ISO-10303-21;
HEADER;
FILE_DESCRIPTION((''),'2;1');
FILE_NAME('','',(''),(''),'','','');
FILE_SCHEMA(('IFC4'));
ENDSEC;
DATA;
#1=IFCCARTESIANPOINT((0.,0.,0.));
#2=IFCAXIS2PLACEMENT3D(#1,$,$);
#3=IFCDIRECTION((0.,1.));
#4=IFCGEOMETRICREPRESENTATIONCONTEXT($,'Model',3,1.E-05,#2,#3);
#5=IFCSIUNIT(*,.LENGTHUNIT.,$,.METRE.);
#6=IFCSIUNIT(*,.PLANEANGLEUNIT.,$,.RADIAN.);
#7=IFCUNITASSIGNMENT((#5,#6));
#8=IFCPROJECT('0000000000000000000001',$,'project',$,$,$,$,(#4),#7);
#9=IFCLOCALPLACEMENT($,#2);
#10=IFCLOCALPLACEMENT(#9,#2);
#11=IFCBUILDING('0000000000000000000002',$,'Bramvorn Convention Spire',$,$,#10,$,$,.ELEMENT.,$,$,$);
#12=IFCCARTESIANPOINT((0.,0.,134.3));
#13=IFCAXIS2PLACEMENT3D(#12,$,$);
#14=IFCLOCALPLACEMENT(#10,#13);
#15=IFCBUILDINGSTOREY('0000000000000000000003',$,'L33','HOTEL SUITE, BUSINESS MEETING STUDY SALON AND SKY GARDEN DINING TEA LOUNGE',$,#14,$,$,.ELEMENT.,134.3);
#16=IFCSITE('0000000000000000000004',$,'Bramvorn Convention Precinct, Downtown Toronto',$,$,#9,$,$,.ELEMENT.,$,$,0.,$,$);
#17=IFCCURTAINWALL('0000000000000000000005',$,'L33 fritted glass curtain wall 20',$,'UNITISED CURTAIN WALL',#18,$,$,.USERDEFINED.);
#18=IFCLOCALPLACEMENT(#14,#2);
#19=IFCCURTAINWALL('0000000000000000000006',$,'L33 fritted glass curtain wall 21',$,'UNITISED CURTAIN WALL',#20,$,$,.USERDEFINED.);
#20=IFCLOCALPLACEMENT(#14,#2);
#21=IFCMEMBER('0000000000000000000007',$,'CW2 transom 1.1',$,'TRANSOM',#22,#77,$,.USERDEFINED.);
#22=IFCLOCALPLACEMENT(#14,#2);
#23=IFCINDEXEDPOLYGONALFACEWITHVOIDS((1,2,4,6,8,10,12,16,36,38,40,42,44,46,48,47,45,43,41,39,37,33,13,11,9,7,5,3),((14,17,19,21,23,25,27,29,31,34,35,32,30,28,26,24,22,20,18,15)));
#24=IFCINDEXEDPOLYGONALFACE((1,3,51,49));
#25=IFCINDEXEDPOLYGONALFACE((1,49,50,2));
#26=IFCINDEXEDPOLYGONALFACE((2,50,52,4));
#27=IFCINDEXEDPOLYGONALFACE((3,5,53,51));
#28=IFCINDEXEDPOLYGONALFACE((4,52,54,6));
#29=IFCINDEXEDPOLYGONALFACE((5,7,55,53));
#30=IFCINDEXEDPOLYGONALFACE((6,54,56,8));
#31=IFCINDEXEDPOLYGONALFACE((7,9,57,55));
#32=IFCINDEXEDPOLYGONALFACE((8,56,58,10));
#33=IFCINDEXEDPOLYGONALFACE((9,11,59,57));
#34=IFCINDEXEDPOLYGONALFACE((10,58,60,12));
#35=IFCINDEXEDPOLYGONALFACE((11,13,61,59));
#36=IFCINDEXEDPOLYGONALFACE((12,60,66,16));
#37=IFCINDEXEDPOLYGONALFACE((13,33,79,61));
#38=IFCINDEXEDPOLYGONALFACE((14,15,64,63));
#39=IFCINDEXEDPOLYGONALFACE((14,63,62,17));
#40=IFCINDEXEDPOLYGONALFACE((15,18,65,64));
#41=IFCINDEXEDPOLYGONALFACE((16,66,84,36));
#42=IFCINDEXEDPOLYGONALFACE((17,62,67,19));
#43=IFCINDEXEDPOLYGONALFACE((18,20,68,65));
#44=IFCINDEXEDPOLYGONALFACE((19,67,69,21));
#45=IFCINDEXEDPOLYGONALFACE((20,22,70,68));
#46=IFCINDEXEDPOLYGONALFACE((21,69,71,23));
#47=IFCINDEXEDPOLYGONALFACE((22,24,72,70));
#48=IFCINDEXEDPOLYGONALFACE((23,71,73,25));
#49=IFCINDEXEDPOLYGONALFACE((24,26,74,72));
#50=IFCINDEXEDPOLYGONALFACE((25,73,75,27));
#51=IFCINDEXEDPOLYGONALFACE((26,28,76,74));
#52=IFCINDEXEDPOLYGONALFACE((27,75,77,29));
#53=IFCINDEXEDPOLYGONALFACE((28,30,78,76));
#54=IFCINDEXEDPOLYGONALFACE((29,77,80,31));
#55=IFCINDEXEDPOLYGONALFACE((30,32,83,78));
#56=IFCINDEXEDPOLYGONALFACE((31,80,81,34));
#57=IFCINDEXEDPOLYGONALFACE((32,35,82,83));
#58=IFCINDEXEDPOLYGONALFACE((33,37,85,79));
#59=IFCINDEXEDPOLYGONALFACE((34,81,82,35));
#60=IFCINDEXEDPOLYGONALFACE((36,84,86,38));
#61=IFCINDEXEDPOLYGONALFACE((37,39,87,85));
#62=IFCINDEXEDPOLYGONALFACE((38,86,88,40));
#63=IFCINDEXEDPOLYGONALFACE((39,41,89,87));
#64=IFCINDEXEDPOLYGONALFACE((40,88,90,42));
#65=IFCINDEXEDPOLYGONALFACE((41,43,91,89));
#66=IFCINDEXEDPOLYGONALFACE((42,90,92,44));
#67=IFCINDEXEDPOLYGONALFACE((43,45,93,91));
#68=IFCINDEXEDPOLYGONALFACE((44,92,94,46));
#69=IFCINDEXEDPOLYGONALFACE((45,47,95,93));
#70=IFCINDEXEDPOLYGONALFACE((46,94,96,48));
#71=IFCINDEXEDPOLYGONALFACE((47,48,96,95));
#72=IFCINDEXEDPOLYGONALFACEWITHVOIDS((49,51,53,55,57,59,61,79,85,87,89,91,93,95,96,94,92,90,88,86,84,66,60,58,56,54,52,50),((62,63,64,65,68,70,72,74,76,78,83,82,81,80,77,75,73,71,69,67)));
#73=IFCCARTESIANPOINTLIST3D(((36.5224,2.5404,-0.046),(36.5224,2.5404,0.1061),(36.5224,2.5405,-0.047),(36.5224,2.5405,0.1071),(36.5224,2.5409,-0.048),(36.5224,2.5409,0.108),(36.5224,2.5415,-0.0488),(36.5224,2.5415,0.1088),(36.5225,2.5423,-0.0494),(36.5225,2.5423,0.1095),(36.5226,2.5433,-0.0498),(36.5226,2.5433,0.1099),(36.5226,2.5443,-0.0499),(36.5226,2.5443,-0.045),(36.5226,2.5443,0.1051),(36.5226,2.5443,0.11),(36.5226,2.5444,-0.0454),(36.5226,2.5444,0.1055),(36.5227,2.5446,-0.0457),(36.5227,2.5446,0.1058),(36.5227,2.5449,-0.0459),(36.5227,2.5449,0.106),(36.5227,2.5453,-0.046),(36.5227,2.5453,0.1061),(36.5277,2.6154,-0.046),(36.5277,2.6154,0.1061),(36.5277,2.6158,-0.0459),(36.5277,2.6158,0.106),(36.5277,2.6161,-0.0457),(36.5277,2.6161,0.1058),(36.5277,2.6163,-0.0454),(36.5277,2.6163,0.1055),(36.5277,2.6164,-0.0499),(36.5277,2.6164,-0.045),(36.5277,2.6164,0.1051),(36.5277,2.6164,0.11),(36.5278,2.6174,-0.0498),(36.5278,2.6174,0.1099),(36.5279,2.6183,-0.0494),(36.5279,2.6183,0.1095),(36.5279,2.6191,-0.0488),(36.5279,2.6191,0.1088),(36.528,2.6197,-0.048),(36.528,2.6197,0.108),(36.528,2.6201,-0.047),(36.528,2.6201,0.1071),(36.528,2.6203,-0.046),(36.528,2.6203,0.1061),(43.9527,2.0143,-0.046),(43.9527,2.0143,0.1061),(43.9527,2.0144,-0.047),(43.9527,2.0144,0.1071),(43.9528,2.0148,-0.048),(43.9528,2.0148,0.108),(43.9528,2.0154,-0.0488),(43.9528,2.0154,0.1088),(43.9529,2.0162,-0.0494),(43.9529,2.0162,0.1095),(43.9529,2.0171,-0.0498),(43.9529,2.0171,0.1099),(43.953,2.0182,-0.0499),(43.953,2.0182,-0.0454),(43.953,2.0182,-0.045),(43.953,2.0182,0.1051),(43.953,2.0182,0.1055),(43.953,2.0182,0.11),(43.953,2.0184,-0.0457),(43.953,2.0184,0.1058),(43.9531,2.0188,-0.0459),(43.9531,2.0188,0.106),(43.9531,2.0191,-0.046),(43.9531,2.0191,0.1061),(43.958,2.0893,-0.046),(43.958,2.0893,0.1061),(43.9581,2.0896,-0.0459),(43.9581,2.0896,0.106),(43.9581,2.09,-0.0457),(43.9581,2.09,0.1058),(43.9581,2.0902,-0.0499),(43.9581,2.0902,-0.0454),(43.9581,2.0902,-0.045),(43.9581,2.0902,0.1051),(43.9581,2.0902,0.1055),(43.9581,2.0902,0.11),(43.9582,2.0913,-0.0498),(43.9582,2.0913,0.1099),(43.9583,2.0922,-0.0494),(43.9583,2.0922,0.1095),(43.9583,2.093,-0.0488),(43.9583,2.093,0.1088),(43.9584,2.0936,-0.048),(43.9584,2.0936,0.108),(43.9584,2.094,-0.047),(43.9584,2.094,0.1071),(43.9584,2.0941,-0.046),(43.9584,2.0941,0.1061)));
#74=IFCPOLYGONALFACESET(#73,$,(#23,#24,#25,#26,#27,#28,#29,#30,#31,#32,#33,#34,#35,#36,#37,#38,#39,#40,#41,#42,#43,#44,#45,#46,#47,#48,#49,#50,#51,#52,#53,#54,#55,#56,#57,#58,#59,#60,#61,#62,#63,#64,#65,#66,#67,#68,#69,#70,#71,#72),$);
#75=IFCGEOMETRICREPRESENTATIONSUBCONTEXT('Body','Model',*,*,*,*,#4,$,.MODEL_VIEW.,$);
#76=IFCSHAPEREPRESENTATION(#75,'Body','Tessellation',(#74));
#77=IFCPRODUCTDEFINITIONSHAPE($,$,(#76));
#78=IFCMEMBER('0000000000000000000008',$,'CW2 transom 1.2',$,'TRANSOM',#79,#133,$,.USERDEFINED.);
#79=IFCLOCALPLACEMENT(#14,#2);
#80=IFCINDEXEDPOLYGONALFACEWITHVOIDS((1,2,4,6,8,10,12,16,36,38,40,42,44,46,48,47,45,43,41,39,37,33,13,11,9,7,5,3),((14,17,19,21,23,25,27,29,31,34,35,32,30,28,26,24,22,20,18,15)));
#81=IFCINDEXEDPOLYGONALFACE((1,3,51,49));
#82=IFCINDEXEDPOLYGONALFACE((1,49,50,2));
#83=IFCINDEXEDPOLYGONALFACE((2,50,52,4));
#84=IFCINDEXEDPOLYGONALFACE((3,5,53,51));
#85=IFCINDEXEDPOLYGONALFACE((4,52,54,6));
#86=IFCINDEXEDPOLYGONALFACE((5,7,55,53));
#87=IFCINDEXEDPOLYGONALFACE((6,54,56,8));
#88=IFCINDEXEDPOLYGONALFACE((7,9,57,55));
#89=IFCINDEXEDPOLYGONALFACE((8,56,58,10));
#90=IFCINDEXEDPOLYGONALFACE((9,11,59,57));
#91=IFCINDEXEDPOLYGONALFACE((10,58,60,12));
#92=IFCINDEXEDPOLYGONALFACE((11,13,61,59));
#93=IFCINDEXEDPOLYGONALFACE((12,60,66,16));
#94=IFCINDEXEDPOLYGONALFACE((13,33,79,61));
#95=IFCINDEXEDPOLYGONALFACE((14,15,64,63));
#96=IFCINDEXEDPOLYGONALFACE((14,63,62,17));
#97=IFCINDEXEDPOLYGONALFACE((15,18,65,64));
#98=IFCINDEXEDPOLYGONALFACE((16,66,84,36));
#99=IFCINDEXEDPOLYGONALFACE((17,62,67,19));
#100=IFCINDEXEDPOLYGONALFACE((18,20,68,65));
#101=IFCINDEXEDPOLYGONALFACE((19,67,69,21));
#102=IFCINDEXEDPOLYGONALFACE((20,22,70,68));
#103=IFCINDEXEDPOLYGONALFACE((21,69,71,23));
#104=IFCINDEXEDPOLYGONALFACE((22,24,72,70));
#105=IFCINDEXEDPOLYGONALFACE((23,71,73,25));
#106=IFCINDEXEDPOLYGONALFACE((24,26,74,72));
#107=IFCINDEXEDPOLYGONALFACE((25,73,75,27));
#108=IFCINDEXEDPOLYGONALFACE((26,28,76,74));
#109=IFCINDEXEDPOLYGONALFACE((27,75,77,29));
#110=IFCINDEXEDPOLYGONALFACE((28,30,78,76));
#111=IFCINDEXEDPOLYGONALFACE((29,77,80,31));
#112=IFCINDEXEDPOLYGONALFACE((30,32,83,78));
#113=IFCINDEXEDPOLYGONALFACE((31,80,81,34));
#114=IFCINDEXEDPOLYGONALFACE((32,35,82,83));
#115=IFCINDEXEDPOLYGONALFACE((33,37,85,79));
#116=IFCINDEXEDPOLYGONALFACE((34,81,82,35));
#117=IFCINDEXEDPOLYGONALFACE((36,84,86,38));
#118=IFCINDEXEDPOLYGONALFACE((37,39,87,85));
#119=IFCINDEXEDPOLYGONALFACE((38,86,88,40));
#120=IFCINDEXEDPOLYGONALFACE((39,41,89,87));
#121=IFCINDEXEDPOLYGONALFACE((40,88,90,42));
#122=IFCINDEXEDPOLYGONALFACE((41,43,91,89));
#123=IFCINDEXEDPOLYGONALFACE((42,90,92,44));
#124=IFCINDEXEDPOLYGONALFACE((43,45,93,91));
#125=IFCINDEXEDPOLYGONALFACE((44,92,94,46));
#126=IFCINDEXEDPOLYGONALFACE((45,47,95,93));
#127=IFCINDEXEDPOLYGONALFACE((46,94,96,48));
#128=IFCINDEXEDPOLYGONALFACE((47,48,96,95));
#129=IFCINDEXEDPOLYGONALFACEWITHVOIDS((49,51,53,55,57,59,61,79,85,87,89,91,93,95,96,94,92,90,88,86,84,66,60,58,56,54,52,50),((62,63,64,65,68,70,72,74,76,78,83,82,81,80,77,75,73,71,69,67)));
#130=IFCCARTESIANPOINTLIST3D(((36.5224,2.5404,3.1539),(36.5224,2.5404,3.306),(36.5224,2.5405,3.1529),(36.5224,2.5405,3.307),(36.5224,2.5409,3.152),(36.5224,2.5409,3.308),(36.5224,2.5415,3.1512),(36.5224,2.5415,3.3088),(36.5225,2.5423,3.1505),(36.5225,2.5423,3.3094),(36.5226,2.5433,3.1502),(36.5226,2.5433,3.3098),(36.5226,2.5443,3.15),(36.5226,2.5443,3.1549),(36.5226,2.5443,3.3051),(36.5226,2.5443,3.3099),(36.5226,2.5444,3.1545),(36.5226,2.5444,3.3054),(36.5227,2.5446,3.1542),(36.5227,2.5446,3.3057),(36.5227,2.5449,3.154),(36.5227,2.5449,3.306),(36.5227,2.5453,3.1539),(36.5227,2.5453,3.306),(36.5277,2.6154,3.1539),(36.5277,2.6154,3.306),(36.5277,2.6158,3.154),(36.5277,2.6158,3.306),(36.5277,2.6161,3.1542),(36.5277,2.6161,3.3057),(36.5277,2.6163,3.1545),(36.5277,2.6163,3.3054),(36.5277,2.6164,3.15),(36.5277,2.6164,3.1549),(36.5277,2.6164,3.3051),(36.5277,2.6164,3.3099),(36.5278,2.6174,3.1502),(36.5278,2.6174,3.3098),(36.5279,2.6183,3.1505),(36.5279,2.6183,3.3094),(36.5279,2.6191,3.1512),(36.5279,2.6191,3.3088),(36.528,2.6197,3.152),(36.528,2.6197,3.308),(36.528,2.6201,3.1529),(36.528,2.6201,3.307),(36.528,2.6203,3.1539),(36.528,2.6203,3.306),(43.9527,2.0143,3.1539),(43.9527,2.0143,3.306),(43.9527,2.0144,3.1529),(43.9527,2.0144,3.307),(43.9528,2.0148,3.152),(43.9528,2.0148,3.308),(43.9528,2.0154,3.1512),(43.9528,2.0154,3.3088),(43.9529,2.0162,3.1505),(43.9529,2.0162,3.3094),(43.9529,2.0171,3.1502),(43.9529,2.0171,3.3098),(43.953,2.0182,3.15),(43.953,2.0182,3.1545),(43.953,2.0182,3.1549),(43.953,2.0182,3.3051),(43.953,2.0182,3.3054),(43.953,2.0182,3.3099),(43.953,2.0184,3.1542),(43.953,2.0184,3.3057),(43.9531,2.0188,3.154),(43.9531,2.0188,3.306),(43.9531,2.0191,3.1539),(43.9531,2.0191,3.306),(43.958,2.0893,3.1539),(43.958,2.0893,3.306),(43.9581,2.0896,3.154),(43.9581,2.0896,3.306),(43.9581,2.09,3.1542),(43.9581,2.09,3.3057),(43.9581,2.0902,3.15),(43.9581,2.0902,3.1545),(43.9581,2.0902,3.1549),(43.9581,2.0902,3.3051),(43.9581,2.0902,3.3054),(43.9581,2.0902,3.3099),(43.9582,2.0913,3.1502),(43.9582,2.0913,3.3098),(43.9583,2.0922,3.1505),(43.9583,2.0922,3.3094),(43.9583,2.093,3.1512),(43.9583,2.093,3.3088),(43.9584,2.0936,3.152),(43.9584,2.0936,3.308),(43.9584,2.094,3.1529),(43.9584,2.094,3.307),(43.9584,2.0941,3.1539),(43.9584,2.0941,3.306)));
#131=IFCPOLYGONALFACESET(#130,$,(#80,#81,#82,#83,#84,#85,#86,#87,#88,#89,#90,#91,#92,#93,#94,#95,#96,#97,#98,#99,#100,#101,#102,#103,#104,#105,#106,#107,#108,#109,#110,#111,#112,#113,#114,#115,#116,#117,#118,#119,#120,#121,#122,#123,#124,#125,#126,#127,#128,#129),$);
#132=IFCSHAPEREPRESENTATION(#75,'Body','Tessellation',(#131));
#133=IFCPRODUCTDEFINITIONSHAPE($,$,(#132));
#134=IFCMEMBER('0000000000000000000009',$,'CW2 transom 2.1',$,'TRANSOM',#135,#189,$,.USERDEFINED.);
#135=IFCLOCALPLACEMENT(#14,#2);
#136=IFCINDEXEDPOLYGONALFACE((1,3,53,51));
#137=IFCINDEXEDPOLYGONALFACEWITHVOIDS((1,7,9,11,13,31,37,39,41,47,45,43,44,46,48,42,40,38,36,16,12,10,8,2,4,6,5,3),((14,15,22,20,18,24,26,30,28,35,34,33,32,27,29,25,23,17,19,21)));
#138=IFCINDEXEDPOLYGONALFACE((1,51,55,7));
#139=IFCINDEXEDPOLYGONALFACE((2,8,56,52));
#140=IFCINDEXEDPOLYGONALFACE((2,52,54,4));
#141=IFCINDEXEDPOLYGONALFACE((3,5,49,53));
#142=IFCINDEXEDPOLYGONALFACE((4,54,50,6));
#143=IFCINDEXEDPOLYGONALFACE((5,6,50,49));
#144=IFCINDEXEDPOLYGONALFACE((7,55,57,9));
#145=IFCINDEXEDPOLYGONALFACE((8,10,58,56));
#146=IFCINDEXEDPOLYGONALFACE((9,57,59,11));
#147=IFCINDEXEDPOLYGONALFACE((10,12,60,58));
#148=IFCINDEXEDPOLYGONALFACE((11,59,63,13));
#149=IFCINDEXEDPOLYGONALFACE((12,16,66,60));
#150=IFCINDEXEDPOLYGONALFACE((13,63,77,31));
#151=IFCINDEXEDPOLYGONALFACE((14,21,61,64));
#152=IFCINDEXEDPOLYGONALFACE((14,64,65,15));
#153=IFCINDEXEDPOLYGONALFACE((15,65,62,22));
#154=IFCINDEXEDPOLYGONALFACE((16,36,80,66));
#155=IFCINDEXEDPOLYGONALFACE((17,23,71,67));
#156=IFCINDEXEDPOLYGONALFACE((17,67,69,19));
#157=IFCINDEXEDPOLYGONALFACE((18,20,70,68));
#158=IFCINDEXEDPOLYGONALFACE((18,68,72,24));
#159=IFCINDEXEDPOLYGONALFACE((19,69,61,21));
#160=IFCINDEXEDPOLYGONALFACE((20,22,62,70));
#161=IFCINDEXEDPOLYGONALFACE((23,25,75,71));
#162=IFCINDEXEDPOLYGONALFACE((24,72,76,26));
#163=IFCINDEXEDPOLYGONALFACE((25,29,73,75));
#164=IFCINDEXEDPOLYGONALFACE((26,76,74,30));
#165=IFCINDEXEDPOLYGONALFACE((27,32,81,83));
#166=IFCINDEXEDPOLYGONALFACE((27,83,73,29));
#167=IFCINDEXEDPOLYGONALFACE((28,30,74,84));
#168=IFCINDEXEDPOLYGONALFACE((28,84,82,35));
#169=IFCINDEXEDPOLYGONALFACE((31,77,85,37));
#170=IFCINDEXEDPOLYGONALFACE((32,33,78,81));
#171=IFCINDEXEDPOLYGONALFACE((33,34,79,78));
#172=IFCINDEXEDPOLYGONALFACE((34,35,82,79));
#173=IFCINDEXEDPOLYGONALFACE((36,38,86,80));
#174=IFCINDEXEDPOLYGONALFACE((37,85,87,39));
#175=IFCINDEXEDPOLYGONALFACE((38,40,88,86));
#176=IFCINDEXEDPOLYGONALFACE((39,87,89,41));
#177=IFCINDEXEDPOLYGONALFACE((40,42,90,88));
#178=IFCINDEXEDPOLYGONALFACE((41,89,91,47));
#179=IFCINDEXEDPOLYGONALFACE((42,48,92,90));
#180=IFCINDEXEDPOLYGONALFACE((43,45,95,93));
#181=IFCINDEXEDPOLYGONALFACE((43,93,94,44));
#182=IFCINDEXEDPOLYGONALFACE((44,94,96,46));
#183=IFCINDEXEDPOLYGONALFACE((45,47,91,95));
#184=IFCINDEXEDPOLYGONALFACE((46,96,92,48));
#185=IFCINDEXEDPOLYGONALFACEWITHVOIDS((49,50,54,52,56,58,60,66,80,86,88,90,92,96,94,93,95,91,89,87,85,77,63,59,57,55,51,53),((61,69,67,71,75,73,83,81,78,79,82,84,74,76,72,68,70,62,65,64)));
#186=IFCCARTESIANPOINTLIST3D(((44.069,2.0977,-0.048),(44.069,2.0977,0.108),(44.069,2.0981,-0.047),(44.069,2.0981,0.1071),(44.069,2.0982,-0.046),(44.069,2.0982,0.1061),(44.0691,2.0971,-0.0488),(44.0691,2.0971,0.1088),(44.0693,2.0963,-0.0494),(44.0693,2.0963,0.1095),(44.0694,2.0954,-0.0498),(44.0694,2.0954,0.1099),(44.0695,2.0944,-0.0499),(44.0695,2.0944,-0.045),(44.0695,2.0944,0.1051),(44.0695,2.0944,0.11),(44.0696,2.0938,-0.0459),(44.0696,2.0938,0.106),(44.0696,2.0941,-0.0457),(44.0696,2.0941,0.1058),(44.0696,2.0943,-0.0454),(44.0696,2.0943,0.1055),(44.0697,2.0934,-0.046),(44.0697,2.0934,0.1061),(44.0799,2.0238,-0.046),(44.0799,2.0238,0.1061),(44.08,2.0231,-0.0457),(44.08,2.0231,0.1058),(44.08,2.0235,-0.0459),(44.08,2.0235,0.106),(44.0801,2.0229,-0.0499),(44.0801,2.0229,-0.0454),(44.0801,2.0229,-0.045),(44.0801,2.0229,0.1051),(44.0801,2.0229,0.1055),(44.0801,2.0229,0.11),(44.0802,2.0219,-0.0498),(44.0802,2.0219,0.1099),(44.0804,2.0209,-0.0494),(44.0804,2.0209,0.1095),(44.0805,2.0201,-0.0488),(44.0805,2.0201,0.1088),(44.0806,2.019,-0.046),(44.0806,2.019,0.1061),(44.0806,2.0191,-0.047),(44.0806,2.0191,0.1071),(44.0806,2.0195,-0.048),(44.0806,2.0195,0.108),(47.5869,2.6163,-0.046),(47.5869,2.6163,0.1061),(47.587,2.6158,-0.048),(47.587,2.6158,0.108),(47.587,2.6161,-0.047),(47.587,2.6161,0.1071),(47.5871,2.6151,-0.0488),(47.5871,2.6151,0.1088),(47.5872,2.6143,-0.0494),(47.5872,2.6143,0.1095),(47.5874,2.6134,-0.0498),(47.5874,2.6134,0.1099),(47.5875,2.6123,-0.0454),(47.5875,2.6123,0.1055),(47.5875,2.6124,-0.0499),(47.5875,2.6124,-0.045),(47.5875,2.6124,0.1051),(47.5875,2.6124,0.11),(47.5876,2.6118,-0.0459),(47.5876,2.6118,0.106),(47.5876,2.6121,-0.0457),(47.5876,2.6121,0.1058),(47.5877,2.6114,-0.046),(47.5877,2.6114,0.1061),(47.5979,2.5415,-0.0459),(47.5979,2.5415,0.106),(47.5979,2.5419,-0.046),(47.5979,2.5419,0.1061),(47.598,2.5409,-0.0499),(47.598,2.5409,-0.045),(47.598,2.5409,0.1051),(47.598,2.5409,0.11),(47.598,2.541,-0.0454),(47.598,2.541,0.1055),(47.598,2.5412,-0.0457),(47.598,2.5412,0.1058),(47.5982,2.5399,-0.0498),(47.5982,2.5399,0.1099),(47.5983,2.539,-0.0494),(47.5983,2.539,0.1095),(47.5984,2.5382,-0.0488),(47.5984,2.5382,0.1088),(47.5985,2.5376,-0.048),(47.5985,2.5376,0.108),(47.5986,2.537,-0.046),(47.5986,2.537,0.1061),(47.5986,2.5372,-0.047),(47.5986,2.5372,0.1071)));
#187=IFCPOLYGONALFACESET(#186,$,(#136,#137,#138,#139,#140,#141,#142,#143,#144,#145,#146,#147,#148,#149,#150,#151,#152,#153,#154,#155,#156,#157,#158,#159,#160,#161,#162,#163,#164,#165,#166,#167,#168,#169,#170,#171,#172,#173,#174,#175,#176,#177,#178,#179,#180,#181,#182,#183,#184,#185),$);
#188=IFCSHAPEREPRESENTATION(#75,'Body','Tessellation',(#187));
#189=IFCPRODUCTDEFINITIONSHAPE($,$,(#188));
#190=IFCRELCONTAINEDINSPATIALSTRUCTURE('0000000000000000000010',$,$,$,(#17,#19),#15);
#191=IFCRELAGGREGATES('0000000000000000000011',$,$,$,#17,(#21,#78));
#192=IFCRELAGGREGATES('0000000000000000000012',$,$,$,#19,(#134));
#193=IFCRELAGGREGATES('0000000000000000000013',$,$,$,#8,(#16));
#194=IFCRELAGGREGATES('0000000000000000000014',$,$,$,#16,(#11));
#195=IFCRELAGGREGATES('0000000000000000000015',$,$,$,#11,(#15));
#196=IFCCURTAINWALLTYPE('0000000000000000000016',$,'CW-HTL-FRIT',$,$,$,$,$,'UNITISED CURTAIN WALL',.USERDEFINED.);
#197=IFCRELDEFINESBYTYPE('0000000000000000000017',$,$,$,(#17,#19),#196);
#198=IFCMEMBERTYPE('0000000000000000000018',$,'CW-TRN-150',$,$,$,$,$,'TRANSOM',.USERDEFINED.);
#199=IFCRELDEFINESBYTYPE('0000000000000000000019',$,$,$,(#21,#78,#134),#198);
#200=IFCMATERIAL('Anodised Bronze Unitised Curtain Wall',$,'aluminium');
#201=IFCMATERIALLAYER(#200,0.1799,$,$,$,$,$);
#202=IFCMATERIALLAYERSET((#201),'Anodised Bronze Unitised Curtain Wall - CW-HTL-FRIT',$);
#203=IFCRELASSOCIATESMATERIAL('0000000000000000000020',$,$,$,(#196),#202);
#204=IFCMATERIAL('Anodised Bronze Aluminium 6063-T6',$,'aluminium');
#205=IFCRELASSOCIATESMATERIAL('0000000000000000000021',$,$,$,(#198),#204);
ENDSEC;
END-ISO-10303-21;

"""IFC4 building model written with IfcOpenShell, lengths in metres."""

from ifc_helpers import new_model, si_unit, direction, frame, origin, origin_2d, place, context, subcontext, project, spatial, hollow_rectangle, extrude, material, layer, layer_set, material_profile, profile_set, type_object, element, aggregate, save


model = new_model("IFC4")

# Units and contexts
model_context = context("Model", 3, precision=1e-05, world=origin(), true_north=direction((0.0, 1.0)))
body_context = subcontext(model_context, "Body", "Model", "MODEL_VIEW")
ifc_project = project(units=[si_unit("LENGTHUNIT", "METRE"), si_unit("PLANEANGLEUNIT", "RADIAN")], contexts=[model_context])

# Site, building, storey
site_placement = place(None, origin())
site = spatial("IfcSite", under=ifc_project, at=site_placement, Name="Bramvorn Convention Precinct, Downtown Toronto", CompositionType="ELEMENT", RefElevation=0.0)
building_placement = place(site_placement, origin())
building = spatial("IfcBuilding", under=site, at=building_placement, Name="Bramvorn Convention Spire", CompositionType="ELEMENT")
storey_placement = place(building_placement, frame((0.0, 0.0, 134.3)))
storey = spatial("IfcBuildingStorey", under=building, at=storey_placement, Name="L33", Description="HOTEL SUITE, BUSINESS MEETING STUDY SALON AND SKY GARDEN DINING TEA LOUNGE", CompositionType="ELEMENT", Elevation=134.3)

# Curtain wall
ifc_material_1 = material(Name="Anodised Bronze Unitised Curtain Wall", Category="aluminium")
ifc_layer_1 = layer(ifc_material_1, 0.1799)
ifc_layer_set_1 = layer_set([ifc_layer_1], Name="Anodised Bronze Unitised Curtain Wall - CW-HTL-FRIT")
curtain_wall_type = type_object("IfcCurtainWallType", Name="CW-HTL-FRIT", ElementType="UNITISED CURTAIN WALL", PredefinedType="USERDEFINED", material=ifc_layer_set_1)
curtain_wall_1_placement = place(storey_placement, origin())
curtain_wall_1 = element("IfcCurtainWall", 1, at=curtain_wall_1_placement, inside=storey, type_object=curtain_wall_type, Name="L33 fritted glass curtain wall 20", ObjectType="UNITISED CURTAIN WALL", PredefinedType="USERDEFINED")
ifc_material_2 = material(Name="Anodised Bronze Aluminium 6063-T6", Category="aluminium")

# Curtain wall
curtain_wall_2_placement = place(storey_placement, origin())
curtain_wall_2 = element("IfcCurtainWall", 2, at=curtain_wall_2_placement, inside=storey, type_object=curtain_wall_type, Name="L33 fritted glass curtain wall 21", ObjectType="UNITISED CURTAIN WALL", PredefinedType="USERDEFINED")

# Members
ifc_material_profile_1 = material_profile(ifc_material_2, hollow_rectangle(XDim=0.0801, YDim=0.1599, WallThickness=0.0039, InnerFilletRadius=0.001, OuterFilletRadius=0.0039, at=origin_2d()))
ifc_profile_set_1 = profile_set([ifc_material_profile_1], Name="Anodised Bronze Aluminium 6063-T6 - CWT80X160")
member_type_1 = type_object("IfcMemberType", Name="CW-TRN-150", ElementType="TRANSOM", PredefinedType="USERDEFINED", material=ifc_profile_set_1)
member_1_placement = place(storey_placement, frame((43.9556, 2.0542, 0.03), z_axis=(-0.997503, 0.07063, 0.0), x_axis=(-0.07063, -0.997503, 0.0)))
member_1 = element("IfcMember", 3, at=member_1_placement, type_object=member_type_1, Name="CW2 transom 1.1", ObjectType="TRANSOM", PredefinedType="USERDEFINED", context=body_context, shape_type="SweptSolid", body=[
    extrude(hollow_rectangle(XDim=0.0801, YDim=0.1599, WallThickness=0.0039, InnerFilletRadius=0.001, OuterFilletRadius=0.0039, at=origin_2d()), origin(), (0.0, 0.0, 1.0), 7.449),
])
member_2_placement = place(storey_placement, frame((43.9556, 2.0542, 3.23), z_axis=(-0.997503, 0.07063, 0.0), x_axis=(-0.07063, -0.997503, 0.0)))
member_2 = element("IfcMember", 4, at=member_2_placement, type_object=member_type_1, Name="CW2 transom 1.2", ObjectType="TRANSOM", PredefinedType="USERDEFINED", context=body_context, shape_type="SweptSolid", body=[
    extrude(hollow_rectangle(XDim=0.0801, YDim=0.1599, WallThickness=0.0039, InnerFilletRadius=0.001, OuterFilletRadius=0.0039, at=origin_2d()), origin(), (0.0, 0.0, 1.0), 7.449),
])
member_3_placement = place(storey_placement, frame((47.5928, 2.5767, 0.03), z_axis=(-0.989331, -0.145688, 0.0), x_axis=(0.145688, -0.989331, 0.0)))
member_3 = element("IfcMember", 5, at=member_3_placement, type_object=member_type_1, Name="CW2 transom 2.1", ObjectType="TRANSOM", PredefinedType="USERDEFINED", context=body_context, shape_type="SweptSolid", body=[
    extrude(hollow_rectangle(XDim=0.0801, YDim=0.1599, WallThickness=0.0039, InnerFilletRadius=0.001, OuterFilletRadius=0.0039, at=origin_2d()), origin(), (0.0, 0.0, 1.0), 3.5559),
])

aggregate(curtain_wall_1, [member_1, member_2])
aggregate(curtain_wall_2, [member_3])

save(model, "model.ifc")
